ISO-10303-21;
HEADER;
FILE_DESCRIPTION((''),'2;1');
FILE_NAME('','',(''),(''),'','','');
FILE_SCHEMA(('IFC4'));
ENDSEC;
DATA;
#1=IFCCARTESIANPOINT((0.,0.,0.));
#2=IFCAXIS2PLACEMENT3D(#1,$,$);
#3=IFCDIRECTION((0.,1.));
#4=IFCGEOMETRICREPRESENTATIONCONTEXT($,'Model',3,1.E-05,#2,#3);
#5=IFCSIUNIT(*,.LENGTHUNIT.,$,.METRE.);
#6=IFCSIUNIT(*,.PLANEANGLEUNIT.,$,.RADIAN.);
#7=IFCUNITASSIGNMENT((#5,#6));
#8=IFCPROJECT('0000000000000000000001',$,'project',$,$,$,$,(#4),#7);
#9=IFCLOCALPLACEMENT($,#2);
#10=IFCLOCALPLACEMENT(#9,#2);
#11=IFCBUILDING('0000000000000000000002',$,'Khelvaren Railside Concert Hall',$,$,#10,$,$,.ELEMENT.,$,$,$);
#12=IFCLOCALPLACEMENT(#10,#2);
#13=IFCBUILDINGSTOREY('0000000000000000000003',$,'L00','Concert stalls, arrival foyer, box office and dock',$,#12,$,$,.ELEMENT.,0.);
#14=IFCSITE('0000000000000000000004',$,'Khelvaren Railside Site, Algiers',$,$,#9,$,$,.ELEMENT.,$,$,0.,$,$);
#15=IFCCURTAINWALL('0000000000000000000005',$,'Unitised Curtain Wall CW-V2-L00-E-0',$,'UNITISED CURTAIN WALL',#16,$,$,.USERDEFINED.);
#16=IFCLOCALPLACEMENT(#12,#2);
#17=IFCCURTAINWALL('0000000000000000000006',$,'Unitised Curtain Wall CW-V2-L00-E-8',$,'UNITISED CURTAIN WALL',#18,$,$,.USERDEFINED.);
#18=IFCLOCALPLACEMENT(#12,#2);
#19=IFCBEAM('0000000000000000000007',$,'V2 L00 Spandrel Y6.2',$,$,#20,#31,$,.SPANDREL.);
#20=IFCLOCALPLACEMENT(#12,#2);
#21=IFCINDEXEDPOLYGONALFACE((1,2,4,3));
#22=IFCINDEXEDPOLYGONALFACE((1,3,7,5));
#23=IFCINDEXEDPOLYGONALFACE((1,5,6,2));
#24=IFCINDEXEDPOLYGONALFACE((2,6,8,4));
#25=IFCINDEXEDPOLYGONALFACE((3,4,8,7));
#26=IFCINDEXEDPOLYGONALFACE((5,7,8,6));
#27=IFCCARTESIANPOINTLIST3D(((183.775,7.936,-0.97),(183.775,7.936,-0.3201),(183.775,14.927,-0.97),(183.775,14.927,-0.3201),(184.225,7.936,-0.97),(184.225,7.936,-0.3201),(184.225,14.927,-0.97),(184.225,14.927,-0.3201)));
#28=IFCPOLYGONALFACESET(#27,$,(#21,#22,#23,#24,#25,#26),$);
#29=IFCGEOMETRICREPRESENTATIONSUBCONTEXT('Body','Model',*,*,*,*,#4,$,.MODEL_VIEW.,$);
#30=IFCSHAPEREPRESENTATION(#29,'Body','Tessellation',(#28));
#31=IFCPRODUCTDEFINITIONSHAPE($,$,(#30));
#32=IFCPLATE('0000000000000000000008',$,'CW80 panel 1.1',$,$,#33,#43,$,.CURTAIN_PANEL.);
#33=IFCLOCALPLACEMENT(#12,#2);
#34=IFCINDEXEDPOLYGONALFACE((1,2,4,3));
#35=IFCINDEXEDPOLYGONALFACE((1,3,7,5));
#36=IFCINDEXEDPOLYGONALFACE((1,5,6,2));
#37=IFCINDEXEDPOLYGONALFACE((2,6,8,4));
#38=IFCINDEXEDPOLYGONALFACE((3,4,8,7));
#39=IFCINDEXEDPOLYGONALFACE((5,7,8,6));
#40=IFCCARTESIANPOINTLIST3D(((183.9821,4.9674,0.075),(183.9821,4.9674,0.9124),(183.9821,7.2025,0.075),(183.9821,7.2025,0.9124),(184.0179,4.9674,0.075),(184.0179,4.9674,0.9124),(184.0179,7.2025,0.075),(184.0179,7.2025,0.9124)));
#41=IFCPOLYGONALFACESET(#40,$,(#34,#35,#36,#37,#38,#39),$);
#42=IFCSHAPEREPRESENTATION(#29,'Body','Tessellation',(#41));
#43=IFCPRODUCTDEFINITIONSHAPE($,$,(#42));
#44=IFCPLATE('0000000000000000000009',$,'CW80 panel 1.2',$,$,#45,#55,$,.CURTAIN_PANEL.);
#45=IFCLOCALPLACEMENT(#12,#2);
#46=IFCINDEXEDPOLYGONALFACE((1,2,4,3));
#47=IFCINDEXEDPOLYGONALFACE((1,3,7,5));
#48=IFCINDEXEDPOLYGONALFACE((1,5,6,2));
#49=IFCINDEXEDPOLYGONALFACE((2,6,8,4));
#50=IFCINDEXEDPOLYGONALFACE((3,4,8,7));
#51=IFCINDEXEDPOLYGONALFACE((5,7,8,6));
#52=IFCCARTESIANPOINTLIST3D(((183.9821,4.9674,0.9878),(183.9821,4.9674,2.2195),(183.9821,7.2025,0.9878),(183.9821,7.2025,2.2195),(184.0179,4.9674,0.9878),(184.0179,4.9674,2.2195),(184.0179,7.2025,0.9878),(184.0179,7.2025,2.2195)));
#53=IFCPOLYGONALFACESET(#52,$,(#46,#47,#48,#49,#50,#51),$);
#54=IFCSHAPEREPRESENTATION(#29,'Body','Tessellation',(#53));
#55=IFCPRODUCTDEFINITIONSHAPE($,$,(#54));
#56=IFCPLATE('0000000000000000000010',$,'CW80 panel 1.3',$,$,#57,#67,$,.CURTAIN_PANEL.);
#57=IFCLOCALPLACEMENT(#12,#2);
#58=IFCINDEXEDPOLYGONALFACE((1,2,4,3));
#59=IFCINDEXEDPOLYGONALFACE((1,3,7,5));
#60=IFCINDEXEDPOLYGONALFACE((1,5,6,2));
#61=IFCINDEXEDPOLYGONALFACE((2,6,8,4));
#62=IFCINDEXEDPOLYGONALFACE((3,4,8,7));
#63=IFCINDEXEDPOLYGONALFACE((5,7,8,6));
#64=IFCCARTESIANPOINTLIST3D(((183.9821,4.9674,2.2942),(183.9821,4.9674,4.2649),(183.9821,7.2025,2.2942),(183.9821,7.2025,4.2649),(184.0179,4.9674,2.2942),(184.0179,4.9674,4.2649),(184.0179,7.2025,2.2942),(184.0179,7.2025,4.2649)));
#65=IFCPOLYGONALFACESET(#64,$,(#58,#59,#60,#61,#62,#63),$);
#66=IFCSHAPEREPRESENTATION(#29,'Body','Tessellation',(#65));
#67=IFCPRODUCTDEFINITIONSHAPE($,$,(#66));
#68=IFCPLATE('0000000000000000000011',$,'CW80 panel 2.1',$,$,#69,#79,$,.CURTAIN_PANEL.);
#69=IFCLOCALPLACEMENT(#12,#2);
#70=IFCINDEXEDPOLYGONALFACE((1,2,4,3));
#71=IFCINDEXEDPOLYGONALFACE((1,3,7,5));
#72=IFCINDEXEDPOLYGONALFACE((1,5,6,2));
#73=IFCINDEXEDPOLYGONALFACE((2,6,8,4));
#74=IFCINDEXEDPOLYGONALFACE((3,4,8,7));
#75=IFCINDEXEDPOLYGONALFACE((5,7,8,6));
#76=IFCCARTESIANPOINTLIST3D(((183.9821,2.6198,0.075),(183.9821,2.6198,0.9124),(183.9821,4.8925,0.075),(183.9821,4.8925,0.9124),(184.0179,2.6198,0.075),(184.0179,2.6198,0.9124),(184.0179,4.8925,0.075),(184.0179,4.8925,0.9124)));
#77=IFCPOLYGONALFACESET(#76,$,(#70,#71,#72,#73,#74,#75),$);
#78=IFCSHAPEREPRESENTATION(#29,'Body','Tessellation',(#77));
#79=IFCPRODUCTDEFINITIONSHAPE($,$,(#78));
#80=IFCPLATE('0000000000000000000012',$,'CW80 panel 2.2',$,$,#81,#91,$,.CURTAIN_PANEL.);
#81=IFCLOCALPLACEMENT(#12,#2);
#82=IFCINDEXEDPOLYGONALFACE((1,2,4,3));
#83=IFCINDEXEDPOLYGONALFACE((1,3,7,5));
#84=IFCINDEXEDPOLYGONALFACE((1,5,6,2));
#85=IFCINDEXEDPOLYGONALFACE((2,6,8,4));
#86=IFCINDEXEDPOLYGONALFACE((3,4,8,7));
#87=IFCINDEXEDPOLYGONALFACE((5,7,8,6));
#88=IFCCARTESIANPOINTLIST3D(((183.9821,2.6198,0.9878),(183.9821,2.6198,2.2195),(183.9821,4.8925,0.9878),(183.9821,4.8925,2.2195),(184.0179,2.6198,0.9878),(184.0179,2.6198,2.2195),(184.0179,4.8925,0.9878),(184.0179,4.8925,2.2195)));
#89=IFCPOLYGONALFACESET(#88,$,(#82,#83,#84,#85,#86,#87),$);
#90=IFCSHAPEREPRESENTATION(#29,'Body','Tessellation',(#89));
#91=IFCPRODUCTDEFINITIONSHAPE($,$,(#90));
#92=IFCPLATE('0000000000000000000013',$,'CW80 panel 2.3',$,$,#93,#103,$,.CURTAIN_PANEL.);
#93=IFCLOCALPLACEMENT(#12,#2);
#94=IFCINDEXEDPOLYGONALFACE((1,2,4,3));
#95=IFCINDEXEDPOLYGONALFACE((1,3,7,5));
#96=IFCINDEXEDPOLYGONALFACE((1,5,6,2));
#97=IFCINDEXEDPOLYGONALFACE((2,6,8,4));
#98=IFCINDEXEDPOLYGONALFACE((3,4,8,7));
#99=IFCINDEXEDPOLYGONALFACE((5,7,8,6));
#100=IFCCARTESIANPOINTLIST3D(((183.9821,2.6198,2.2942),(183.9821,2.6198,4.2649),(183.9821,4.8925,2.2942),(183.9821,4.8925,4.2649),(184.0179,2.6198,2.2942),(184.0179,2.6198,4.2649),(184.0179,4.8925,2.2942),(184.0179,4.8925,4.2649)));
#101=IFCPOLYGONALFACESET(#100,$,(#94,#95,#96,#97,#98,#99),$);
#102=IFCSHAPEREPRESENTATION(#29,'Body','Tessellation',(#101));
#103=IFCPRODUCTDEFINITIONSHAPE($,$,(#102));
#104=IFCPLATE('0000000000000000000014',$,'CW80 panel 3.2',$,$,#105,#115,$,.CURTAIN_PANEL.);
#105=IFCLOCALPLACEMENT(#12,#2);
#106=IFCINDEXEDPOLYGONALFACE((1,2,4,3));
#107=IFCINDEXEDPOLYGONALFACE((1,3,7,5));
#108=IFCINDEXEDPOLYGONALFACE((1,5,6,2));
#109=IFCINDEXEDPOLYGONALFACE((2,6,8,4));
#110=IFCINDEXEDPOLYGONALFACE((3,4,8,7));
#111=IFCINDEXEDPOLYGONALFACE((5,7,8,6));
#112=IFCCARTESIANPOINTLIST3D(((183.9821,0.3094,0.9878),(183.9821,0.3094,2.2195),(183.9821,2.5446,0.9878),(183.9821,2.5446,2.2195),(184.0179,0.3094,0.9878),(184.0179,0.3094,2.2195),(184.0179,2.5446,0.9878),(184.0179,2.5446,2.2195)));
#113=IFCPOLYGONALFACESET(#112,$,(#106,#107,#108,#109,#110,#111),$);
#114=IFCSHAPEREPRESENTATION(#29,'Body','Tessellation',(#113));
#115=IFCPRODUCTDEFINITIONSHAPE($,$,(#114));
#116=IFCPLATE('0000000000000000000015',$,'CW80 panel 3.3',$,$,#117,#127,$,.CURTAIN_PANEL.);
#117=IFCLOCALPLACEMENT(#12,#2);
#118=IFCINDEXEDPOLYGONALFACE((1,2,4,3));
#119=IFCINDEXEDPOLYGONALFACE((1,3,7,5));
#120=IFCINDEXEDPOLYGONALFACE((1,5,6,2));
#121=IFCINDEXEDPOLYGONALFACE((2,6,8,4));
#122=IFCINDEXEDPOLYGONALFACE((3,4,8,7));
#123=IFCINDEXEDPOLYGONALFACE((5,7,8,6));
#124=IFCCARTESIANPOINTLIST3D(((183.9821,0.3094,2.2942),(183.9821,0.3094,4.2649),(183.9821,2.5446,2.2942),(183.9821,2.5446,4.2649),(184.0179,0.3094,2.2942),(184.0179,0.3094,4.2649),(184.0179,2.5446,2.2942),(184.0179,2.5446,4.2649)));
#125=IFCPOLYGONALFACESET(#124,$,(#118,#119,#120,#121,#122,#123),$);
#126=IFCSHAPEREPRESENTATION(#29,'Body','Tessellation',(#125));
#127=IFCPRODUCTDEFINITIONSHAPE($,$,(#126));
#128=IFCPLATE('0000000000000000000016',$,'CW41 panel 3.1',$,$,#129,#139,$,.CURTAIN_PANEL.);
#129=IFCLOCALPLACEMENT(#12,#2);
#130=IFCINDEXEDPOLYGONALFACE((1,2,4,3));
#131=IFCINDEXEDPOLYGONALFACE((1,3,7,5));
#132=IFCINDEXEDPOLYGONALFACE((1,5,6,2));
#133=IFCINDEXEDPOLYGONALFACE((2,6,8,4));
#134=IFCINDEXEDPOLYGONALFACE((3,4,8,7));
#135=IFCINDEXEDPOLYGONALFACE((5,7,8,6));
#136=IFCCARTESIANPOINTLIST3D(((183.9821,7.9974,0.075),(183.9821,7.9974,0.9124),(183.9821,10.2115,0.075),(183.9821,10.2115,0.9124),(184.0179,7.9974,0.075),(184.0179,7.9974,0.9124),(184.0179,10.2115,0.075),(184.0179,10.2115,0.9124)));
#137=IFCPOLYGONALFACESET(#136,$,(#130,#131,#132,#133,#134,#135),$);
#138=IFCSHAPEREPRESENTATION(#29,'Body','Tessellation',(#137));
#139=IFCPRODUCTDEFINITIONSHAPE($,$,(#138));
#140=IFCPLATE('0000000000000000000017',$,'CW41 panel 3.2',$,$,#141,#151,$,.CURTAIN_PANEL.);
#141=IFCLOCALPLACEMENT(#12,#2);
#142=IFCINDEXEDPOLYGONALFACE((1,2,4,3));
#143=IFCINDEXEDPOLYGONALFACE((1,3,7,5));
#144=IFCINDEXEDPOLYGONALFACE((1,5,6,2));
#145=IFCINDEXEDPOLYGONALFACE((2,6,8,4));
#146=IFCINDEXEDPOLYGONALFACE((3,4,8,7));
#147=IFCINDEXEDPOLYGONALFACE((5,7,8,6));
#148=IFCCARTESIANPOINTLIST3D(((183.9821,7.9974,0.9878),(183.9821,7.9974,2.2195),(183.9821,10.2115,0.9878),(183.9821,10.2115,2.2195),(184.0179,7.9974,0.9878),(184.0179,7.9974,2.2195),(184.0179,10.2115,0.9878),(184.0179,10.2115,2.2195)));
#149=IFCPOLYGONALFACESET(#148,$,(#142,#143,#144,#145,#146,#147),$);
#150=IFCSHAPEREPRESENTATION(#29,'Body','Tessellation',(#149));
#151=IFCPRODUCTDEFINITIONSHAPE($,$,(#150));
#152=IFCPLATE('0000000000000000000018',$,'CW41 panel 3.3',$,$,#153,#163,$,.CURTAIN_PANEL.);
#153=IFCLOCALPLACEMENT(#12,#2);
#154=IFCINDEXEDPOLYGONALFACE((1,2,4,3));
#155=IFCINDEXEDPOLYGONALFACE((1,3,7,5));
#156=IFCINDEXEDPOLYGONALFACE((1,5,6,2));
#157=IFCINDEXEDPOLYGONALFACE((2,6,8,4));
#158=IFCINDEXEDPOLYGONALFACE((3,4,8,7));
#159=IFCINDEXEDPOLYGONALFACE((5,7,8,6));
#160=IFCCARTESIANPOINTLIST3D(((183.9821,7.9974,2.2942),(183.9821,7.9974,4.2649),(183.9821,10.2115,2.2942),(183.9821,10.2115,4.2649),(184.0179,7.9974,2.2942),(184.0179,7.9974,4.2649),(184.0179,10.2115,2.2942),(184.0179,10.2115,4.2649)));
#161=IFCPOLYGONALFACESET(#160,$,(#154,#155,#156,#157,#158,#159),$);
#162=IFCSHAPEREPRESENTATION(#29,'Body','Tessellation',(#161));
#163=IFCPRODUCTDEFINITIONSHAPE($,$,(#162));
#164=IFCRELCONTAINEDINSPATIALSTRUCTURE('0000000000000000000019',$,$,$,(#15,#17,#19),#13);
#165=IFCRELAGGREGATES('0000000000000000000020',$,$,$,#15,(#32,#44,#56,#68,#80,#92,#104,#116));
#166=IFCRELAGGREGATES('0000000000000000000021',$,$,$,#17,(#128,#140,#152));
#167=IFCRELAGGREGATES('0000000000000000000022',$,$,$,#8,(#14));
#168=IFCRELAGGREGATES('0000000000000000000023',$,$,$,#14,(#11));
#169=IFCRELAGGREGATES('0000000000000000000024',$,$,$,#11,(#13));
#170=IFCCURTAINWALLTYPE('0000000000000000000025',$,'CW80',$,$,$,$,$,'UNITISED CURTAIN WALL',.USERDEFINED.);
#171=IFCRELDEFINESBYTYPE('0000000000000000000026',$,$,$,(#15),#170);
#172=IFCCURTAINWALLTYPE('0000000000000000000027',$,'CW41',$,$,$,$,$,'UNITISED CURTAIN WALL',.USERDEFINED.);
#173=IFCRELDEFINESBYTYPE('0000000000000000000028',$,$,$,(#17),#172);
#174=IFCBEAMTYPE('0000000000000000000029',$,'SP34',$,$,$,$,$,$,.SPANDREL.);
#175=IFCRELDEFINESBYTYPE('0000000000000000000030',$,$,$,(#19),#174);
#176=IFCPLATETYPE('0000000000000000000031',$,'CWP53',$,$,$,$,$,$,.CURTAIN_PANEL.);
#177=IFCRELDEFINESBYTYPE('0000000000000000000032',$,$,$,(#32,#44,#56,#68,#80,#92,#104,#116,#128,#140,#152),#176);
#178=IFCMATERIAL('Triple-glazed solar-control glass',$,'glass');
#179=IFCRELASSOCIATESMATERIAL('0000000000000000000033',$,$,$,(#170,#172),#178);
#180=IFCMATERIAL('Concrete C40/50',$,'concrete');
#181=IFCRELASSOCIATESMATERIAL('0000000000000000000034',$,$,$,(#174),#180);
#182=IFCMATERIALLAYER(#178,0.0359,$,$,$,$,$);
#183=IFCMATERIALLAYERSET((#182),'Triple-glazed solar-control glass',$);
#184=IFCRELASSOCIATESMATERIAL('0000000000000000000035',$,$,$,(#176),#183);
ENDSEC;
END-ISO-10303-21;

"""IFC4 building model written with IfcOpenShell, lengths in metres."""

from ifc_helpers import new_model, si_unit, direction, frame, origin, origin_2d, place, context, subcontext, project, spatial, rectangle, extrude, material, layer, layer_set, material_profile, profile_set, type_object, element, aggregate, save


model = new_model("IFC4")

# Units and contexts
model_context = context("Model", 3, precision=1e-05, world=origin(), true_north=direction((0.0, 1.0)))
body_context = subcontext(model_context, "Body", "Model", "MODEL_VIEW")
ifc_project = project(units=[si_unit("LENGTHUNIT", "METRE"), si_unit("PLANEANGLEUNIT", "RADIAN")], contexts=[model_context])

# Site, building, storey
site_placement = place(None, origin())
site = spatial("IfcSite", under=ifc_project, at=site_placement, Name="Khelvaren Railside Site, Algiers", CompositionType="ELEMENT", RefElevation=0.0)
building_placement = place(site_placement, origin())
building = spatial("IfcBuilding", under=site, at=building_placement, Name="Khelvaren Railside Concert Hall", CompositionType="ELEMENT")
storey_placement = place(building_placement, origin())
storey = spatial("IfcBuildingStorey", under=building, at=storey_placement, Name="L00", Description="Concert stalls, arrival foyer, box office and dock", CompositionType="ELEMENT", Elevation=0.0)

# Shared definitions
ifc_material_1 = material(Name="Concrete C40/50", Category="concrete")

# Curtain wall
ifc_material_2 = material(Name="Triple-glazed solar-control glass", Category="glass")
curtain_wall_type_1 = type_object("IfcCurtainWallType", Name="CW80", ElementType="UNITISED CURTAIN WALL", PredefinedType="USERDEFINED", material=ifc_material_2)
curtain_wall_1_placement = place(storey_placement, origin())
curtain_wall_1 = element("IfcCurtainWall", 1, at=curtain_wall_1_placement, inside=storey, type_object=curtain_wall_type_1, Name="Unitised Curtain Wall CW-V2-L00-E-0", ObjectType="UNITISED CURTAIN WALL", PredefinedType="USERDEFINED")

# Curtain wall
curtain_wall_type_2 = type_object("IfcCurtainWallType", Name="CW41", ElementType="UNITISED CURTAIN WALL", PredefinedType="USERDEFINED", material=ifc_material_2)
curtain_wall_2_placement = place(storey_placement, origin())
curtain_wall_2 = element("IfcCurtainWall", 2, at=curtain_wall_2_placement, inside=storey, type_object=curtain_wall_type_2, Name="Unitised Curtain Wall CW-V2-L00-E-8", ObjectType="UNITISED CURTAIN WALL", PredefinedType="USERDEFINED")

# Beam
ifc_material_profile_1 = material_profile(ifc_material_1, rectangle(XDim=0.45, YDim=0.6499, at=origin_2d()), Name="RCB 450x650")
ifc_profile_set_1 = profile_set([ifc_material_profile_1], Name="Concrete C40/50")
beam_type_1 = type_object("IfcBeamType", Name="SP34", PredefinedType="SPANDREL", material=ifc_profile_set_1)
beam_1_placement = place(storey_placement, frame((184.0, 7.936, -0.645), z_axis=(0.0, 1.0, 0.0), x_axis=(-1.0, 0.0, 0.0)))
element("IfcBeam", 3, at=beam_1_placement, inside=storey, type_object=beam_type_1, Name="V2 L00 Spandrel Y6.2", PredefinedType="SPANDREL", context=body_context, shape_type="SweptSolid", body=[
    extrude(rectangle(XDim=0.45, YDim=0.6499, at=origin_2d()), origin(), (0.0, 0.0, 1.0), 6.991),
])

# Plates
ifc_layer = layer(ifc_material_2, 0.0359)
ifc_layer_set = layer_set([ifc_layer], Name="Triple-glazed solar-control glass")
plate_type = type_object("IfcPlateType", Name="CWP53", PredefinedType="CURTAIN_PANEL", material=ifc_layer_set)
plate_1_placement = place(storey_placement, frame((184.0, 6.085, 0.075), z_axis=(0.0, 0.0, 1.0), x_axis=(0.0, -1.0, 0.0)))
plate_1 = element("IfcPlate", 4, at=plate_1_placement, type_object=plate_type, Name="CW80 panel 1.1", PredefinedType="CURTAIN_PANEL", context=body_context, shape_type="SweptSolid", body=[
    extrude(rectangle(XDim=2.2351, YDim=0.0359, at=origin_2d()), origin(), (0.0, 0.0, 1.0), 0.8374),
])
plate_2_placement = place(storey_placement, frame((184.0, 6.085, 0.9878), z_axis=(0.0, 0.0, 1.0), x_axis=(0.0, -1.0, 0.0)))
plate_2 = element("IfcPlate", 5, at=plate_2_placement, type_object=plate_type, Name="CW80 panel 1.2", PredefinedType="CURTAIN_PANEL", context=body_context, shape_type="SweptSolid", body=[
    extrude(rectangle(XDim=2.2351, YDim=0.0359, at=origin_2d()), origin(), (0.0, 0.0, 1.0), 1.2317),
])
plate_3_placement = place(storey_placement, frame((184.0, 6.085, 2.2942), z_axis=(0.0, 0.0, 1.0), x_axis=(0.0, -1.0, 0.0)))
plate_3 = element("IfcPlate", 6, at=plate_3_placement, type_object=plate_type, Name="CW80 panel 1.3", PredefinedType="CURTAIN_PANEL", context=body_context, shape_type="SweptSolid", body=[
    extrude(rectangle(XDim=2.2351, YDim=0.0359, at=origin_2d()), origin(), (0.0, 0.0, 1.0), 1.9707),
])
plate_4_placement = place(storey_placement, frame((184.0, 3.7561, 0.075), z_axis=(0.0, 0.0, 1.0), x_axis=(0.0, -1.0, 0.0)))
plate_4 = element("IfcPlate", 7, at=plate_4_placement, type_object=plate_type, Name="CW80 panel 2.1", PredefinedType="CURTAIN_PANEL", context=body_context, shape_type="SweptSolid", body=[
    extrude(rectangle(XDim=2.2727, YDim=0.0359, at=origin_2d()), origin(), (0.0, 0.0, 1.0), 0.8374),
])
plate_5_placement = place(storey_placement, frame((184.0, 3.7561, 0.9878), z_axis=(0.0, 0.0, 1.0), x_axis=(0.0, -1.0, 0.0)))
plate_5 = element("IfcPlate", 8, at=plate_5_placement, type_object=plate_type, Name="CW80 panel 2.2", PredefinedType="CURTAIN_PANEL", context=body_context, shape_type="SweptSolid", body=[
    extrude(rectangle(XDim=2.2727, YDim=0.0359, at=origin_2d()), origin(), (0.0, 0.0, 1.0), 1.2317),
])
plate_6_placement = place(storey_placement, frame((184.0, 3.7561, 2.2942), z_axis=(0.0, 0.0, 1.0), x_axis=(0.0, -1.0, 0.0)))
plate_6 = element("IfcPlate", 9, at=plate_6_placement, type_object=plate_type, Name="CW80 panel 2.3", PredefinedType="CURTAIN_PANEL", context=body_context, shape_type="SweptSolid", body=[
    extrude(rectangle(XDim=2.2727, YDim=0.0359, at=origin_2d()), origin(), (0.0, 0.0, 1.0), 1.9707),
])
plate_7_placement = place(storey_placement, frame((184.0, 1.427, 0.9878), z_axis=(0.0, 0.0, 1.0), x_axis=(0.0, -1.0, 0.0)))
plate_7 = element("IfcPlate", 10, at=plate_7_placement, type_object=plate_type, Name="CW80 panel 3.2", PredefinedType="CURTAIN_PANEL", context=body_context, shape_type="SweptSolid", body=[
    extrude(rectangle(XDim=2.2351, YDim=0.0359, at=origin_2d()), origin(), (0.0, 0.0, 1.0), 1.2317),
])
plate_8_placement = place(storey_placement, frame((184.0, 1.427, 2.2942), z_axis=(0.0, 0.0, 1.0), x_axis=(0.0, -1.0, 0.0)))
plate_8 = element("IfcPlate", 11, at=plate_8_placement, type_object=plate_type, Name="CW80 panel 3.3", PredefinedType="CURTAIN_PANEL", context=body_context, shape_type="SweptSolid", body=[
    extrude(rectangle(XDim=2.2351, YDim=0.0359, at=origin_2d()), origin(), (0.0, 0.0, 1.0), 1.9707),
])
aggregate(curtain_wall_1, [plate_1, plate_2, plate_3, plate_4, plate_5, plate_6, plate_7, plate_8])
plate_9_placement = place(storey_placement, frame((184.0, 9.1045, 0.075), z_axis=(0.0, 0.0, 1.0), x_axis=(0.0, -1.0, 0.0)))
plate_9 = element("IfcPlate", 12, at=plate_9_placement, type_object=plate_type, Name="CW41 panel 3.1", PredefinedType="CURTAIN_PANEL", context=body_context, shape_type="SweptSolid", body=[
    extrude(rectangle(XDim=2.2141, YDim=0.0359, at=origin_2d()), origin(), (0.0, 0.0, 1.0), 0.8374),
])
plate_10_placement = place(storey_placement, frame((184.0, 9.1045, 0.9878), z_axis=(0.0, 0.0, 1.0), x_axis=(0.0, -1.0, 0.0)))
plate_10 = element("IfcPlate", 13, at=plate_10_placement, type_object=plate_type, Name="CW41 panel 3.2", PredefinedType="CURTAIN_PANEL", context=body_context, shape_type="SweptSolid", body=[
    extrude(rectangle(XDim=2.2141, YDim=0.0359, at=origin_2d()), origin(), (0.0, 0.0, 1.0), 1.2317),
])
plate_11_placement = place(storey_placement, frame((184.0, 9.1045, 2.2942), z_axis=(0.0, 0.0, 1.0), x_axis=(0.0, -1.0, 0.0)))
plate_11 = element("IfcPlate", 14, at=plate_11_placement, type_object=plate_type, Name="CW41 panel 3.3", PredefinedType="CURTAIN_PANEL", context=body_context, shape_type="SweptSolid", body=[
    extrude(rectangle(XDim=2.2141, YDim=0.0359, at=origin_2d()), origin(), (0.0, 0.0, 1.0), 1.9707),
])
aggregate(curtain_wall_2, [plate_9, plate_10, plate_11])

save(model, "model.ifc")
